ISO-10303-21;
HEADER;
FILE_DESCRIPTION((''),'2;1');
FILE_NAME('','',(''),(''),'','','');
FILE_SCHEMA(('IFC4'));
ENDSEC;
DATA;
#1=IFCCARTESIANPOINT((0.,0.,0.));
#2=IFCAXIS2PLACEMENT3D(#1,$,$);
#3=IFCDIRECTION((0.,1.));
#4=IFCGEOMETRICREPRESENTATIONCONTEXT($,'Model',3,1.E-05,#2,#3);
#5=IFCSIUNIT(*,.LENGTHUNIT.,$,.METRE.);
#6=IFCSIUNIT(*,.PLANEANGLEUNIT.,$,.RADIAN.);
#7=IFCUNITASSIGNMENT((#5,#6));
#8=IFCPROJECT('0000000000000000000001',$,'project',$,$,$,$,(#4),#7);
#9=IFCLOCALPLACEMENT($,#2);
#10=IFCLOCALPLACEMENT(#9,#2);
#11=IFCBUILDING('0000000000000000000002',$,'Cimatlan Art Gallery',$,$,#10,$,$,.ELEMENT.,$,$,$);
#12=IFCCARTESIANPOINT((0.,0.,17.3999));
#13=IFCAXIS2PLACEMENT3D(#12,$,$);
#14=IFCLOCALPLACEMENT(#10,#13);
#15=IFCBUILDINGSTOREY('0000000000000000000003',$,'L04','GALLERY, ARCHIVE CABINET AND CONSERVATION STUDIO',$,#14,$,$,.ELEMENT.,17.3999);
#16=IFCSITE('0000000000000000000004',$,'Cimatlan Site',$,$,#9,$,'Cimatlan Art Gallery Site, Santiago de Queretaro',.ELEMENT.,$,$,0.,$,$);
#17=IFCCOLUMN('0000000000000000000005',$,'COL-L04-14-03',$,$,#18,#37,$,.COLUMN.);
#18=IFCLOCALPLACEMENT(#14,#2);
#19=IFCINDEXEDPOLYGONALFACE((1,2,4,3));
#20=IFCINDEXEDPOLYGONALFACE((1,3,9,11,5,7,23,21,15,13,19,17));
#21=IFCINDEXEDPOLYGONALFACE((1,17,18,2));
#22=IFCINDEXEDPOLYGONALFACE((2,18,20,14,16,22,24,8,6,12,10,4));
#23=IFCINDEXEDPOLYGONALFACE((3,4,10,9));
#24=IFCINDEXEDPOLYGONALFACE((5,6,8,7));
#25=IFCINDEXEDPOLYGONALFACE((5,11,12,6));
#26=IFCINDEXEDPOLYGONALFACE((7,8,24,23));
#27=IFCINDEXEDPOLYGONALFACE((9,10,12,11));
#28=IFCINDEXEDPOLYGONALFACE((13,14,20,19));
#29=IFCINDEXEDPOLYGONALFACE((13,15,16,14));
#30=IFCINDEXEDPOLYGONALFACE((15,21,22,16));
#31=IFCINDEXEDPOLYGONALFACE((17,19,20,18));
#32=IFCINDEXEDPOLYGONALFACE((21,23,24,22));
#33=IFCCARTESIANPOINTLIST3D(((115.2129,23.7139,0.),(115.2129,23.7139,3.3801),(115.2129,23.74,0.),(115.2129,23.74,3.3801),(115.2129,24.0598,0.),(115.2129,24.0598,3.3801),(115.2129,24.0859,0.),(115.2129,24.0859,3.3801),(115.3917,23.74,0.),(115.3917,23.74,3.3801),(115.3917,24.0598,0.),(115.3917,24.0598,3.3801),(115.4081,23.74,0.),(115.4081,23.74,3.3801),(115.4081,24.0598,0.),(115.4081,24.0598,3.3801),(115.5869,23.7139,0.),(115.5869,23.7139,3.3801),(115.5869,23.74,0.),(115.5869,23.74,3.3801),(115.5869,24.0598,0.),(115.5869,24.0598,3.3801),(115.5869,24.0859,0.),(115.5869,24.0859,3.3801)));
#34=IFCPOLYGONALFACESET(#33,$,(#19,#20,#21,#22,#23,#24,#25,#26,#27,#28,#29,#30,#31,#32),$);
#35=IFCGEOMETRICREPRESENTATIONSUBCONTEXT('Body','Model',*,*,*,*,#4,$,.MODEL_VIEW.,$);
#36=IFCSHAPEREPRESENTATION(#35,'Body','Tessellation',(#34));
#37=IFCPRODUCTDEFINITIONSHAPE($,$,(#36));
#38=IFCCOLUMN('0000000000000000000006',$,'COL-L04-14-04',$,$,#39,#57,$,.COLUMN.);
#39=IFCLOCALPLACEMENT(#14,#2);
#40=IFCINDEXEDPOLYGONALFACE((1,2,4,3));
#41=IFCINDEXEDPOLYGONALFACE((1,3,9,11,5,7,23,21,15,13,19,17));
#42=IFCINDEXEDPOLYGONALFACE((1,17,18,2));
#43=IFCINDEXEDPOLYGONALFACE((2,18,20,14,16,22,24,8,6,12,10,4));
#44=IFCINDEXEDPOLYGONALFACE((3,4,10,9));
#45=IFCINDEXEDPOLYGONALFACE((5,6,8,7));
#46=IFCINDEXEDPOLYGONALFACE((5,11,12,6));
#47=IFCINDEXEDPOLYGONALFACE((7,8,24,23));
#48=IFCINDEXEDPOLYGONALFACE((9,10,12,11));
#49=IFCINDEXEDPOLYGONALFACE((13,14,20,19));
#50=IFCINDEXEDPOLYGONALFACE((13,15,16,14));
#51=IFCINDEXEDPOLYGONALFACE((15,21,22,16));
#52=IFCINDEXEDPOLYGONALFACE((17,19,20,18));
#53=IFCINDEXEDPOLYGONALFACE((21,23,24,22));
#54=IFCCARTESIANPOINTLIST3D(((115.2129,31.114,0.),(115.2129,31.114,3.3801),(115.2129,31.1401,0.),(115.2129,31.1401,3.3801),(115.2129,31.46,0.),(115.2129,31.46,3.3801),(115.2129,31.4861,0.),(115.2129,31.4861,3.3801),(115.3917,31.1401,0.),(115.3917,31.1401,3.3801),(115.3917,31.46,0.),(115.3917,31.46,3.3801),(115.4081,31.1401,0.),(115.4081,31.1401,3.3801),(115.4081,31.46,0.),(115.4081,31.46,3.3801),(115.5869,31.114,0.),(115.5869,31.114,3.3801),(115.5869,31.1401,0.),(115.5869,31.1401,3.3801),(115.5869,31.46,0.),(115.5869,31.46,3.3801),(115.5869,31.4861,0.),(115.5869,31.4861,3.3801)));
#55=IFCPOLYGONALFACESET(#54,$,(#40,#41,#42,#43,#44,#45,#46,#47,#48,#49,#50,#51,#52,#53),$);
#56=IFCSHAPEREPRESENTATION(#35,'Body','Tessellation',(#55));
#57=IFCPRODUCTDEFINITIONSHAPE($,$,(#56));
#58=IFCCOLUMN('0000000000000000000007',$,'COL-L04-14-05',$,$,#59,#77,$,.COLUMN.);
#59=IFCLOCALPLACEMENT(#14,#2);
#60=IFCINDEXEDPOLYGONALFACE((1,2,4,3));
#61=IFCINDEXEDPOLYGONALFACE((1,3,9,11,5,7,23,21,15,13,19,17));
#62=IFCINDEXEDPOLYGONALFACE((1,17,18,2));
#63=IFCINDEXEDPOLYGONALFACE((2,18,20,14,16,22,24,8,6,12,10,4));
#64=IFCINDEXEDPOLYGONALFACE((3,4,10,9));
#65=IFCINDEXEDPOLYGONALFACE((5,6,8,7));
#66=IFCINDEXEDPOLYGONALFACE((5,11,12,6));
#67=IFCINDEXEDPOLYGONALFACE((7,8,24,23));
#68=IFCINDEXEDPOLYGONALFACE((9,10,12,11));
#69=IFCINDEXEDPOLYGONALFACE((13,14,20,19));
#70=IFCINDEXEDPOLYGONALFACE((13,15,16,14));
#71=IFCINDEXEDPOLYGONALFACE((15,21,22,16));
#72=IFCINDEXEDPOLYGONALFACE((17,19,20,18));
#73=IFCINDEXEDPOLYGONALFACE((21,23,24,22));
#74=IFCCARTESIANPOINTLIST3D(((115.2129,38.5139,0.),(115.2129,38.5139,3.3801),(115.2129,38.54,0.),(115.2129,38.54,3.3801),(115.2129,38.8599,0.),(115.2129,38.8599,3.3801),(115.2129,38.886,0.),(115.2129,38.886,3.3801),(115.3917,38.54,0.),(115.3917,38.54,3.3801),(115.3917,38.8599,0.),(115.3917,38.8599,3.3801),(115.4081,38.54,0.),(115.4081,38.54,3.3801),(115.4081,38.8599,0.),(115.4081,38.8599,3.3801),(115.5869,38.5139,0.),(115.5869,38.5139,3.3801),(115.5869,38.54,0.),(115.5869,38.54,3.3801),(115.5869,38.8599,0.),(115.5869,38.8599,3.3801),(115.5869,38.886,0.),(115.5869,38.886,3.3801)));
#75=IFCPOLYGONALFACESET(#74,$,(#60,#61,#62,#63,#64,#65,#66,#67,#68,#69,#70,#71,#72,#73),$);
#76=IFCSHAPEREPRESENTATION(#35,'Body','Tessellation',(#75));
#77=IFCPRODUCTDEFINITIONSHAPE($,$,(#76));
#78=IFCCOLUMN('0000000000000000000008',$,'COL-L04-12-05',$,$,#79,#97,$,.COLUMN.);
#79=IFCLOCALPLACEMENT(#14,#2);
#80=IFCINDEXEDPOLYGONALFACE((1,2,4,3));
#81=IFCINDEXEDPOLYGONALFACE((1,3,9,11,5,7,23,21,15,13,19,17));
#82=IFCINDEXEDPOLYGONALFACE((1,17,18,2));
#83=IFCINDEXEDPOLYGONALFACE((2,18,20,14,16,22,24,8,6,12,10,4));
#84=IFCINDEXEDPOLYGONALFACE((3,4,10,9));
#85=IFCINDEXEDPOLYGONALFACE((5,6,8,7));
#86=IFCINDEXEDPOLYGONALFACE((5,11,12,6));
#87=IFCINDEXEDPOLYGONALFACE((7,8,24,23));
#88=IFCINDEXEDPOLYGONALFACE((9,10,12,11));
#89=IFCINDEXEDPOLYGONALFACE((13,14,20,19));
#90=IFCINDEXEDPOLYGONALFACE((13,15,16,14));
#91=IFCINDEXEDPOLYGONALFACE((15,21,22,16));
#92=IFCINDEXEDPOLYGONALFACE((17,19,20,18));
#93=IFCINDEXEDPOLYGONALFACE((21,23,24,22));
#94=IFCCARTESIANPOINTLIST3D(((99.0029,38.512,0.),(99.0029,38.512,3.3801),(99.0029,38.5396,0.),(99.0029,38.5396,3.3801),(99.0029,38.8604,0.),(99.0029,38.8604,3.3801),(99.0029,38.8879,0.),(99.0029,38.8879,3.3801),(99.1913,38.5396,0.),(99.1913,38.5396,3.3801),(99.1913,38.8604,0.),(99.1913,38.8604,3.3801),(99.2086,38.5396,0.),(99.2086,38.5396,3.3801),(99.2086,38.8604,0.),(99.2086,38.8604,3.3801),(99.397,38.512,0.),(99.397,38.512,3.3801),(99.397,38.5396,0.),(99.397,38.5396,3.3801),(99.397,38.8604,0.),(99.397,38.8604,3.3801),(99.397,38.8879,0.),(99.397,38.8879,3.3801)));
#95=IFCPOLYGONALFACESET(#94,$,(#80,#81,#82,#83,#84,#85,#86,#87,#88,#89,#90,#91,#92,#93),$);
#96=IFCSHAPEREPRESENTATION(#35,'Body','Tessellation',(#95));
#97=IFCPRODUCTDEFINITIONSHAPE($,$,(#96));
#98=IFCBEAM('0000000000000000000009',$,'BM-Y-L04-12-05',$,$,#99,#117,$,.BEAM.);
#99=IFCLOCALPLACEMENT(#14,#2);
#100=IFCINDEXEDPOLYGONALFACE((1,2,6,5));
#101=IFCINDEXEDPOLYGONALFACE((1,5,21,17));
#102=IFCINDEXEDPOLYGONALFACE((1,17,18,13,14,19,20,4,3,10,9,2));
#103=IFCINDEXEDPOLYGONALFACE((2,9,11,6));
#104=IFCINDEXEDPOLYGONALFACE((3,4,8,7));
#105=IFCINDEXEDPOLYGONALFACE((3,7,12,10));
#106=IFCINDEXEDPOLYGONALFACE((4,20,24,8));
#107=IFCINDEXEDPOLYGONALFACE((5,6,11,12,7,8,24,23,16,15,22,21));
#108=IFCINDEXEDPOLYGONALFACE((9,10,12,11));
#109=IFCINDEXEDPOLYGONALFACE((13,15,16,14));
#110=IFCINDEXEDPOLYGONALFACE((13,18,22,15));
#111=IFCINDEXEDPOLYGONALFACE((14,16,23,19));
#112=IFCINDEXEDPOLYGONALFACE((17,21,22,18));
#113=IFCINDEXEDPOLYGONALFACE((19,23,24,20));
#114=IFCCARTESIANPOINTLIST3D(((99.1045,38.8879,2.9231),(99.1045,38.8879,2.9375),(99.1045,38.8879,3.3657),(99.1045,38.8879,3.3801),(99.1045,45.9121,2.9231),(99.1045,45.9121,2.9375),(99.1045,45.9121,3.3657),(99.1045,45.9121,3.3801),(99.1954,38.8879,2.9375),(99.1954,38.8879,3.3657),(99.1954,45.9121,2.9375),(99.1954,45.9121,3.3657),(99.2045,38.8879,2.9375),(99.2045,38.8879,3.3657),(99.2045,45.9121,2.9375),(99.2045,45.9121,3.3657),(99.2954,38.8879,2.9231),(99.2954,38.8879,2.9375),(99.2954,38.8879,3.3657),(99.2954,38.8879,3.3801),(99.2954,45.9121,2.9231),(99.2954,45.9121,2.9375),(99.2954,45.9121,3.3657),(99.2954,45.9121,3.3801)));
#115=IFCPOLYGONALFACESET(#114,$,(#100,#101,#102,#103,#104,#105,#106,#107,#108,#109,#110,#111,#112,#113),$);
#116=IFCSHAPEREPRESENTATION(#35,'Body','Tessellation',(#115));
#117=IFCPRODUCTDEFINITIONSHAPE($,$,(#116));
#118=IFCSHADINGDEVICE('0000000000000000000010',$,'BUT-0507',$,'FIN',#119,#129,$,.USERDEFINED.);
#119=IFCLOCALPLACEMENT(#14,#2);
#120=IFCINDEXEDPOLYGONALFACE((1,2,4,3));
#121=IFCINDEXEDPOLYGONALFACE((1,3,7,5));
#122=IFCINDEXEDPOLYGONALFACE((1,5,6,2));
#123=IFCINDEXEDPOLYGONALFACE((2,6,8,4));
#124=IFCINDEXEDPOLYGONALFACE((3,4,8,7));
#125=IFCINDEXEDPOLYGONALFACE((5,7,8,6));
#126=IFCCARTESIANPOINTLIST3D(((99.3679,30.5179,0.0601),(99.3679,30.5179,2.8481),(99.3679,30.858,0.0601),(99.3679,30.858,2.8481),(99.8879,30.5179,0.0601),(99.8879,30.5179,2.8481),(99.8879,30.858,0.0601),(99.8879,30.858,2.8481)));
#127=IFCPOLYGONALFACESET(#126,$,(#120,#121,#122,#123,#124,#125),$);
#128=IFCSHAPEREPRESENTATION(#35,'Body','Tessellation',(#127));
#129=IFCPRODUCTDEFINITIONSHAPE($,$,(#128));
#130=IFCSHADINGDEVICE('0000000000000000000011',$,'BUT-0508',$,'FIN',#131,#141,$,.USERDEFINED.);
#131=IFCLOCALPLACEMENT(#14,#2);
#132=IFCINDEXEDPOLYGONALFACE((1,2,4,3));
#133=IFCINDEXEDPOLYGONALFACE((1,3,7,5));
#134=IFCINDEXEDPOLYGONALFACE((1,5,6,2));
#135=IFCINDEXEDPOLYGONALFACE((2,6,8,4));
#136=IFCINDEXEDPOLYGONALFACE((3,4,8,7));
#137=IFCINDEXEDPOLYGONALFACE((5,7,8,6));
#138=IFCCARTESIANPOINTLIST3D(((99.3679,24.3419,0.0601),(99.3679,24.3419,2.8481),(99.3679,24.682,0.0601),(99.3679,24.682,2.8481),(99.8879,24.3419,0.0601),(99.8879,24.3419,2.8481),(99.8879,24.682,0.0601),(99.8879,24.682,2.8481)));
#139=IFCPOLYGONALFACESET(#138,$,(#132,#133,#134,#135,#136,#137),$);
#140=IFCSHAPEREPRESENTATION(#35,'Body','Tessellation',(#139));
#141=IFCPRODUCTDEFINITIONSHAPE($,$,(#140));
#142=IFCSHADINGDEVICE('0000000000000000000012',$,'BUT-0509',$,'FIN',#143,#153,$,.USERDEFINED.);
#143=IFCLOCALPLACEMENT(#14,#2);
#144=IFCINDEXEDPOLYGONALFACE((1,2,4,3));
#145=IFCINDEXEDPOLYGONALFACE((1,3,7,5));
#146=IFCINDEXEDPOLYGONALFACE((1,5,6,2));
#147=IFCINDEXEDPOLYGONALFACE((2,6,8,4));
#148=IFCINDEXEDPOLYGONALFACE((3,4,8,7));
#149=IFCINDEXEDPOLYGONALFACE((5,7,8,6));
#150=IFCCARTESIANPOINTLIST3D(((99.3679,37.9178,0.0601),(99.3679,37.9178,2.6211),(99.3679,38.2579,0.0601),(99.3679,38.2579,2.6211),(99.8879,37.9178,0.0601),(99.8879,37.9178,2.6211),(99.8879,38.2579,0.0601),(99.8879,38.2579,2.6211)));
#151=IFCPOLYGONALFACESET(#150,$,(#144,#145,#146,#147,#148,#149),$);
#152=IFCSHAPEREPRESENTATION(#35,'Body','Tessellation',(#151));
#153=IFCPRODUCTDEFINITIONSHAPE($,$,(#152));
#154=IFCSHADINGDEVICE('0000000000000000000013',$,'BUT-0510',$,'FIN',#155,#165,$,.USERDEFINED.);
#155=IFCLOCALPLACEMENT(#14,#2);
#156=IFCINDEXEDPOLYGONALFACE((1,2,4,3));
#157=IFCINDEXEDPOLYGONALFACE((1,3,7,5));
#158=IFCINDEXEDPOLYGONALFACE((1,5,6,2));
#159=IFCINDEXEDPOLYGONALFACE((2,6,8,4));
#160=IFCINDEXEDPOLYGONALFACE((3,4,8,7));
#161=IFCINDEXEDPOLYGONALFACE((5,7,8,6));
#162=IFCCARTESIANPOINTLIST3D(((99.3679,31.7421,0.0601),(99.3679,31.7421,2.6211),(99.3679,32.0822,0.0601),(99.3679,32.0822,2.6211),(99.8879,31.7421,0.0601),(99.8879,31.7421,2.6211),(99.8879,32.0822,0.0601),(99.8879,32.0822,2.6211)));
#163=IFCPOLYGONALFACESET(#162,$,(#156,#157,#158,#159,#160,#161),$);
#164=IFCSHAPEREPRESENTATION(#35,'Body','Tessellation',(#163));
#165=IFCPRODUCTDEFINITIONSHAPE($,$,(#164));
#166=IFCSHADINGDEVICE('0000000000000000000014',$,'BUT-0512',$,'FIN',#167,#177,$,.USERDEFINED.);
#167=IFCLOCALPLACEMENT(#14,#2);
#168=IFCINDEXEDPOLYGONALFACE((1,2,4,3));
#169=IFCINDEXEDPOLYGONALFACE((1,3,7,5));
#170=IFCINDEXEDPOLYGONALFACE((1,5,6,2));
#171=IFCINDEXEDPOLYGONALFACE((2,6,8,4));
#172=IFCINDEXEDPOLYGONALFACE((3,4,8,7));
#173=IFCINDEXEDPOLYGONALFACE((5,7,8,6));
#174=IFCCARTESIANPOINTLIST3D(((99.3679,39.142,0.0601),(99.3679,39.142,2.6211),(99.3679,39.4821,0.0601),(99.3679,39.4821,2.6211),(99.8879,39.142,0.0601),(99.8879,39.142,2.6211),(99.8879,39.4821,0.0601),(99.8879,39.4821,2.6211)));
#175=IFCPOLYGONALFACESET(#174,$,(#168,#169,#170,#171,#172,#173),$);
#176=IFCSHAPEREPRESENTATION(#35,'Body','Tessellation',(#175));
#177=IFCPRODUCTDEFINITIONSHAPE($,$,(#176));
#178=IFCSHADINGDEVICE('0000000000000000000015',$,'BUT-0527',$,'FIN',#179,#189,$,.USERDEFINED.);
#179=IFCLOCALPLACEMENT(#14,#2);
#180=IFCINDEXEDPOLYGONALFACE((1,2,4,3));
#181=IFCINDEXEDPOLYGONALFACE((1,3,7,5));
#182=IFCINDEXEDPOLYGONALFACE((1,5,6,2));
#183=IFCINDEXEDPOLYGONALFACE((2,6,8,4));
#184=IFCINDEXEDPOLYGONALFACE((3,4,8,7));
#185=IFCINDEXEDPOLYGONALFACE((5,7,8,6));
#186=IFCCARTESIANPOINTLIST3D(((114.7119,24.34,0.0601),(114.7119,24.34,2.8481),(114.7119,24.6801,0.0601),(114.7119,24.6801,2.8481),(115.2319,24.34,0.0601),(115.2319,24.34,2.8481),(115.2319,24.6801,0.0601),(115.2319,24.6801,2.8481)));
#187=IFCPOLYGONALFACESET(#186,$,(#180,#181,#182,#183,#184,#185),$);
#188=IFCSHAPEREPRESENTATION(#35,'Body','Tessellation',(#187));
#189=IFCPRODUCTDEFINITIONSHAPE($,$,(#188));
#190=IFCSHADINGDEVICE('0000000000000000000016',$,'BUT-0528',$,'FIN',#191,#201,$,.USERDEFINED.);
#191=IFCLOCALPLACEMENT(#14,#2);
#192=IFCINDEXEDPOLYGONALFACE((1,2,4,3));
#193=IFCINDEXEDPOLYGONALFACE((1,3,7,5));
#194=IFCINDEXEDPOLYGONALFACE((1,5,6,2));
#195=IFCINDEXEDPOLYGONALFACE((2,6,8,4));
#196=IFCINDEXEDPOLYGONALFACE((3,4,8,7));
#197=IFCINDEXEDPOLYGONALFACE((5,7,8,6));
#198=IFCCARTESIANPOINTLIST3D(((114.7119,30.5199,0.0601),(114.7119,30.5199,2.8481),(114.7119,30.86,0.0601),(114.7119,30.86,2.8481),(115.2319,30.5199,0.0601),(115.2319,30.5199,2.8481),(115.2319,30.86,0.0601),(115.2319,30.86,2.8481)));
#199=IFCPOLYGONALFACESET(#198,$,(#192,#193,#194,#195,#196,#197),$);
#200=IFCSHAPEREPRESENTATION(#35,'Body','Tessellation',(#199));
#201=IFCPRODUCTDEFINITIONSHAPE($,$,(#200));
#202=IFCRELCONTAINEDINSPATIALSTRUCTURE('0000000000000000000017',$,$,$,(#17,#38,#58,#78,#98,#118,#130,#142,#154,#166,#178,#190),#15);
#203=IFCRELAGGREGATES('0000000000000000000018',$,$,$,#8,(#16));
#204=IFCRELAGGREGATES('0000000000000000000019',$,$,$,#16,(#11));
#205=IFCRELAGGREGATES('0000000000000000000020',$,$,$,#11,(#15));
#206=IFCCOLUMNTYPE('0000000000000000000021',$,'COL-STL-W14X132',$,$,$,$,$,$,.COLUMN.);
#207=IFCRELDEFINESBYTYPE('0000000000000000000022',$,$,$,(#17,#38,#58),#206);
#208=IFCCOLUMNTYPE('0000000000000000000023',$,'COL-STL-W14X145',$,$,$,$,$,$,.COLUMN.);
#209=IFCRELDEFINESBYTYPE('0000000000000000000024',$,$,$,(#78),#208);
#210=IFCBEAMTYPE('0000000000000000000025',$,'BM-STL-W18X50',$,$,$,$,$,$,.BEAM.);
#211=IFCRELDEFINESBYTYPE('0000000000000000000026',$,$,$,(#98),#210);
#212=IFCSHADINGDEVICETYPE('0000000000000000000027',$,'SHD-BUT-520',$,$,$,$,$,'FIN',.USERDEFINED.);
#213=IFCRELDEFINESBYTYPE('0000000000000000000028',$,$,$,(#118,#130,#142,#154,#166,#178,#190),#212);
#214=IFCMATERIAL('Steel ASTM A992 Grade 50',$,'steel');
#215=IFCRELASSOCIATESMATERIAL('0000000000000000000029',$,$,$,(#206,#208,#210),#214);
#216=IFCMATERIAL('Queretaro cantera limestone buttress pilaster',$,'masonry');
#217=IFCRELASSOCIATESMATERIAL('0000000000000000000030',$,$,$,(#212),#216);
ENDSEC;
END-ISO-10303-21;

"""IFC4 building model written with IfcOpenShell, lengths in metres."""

from ifc_helpers import new_model, si_unit, direction, frame, origin, origin_2d, place, context, subcontext, project, spatial, rectangle, i_section, extrude, material, material_profile, profile_set, type_object, element, save


model = new_model("IFC4")

# Units and contexts
model_context = context("Model", 3, precision=1e-05, world=origin(), true_north=direction((0.0, 1.0)))
body_context = subcontext(model_context, "Body", "Model", "MODEL_VIEW")
ifc_project = project(units=[si_unit("LENGTHUNIT", "METRE"), si_unit("PLANEANGLEUNIT", "RADIAN")], contexts=[model_context])

# Site, building, storey
site_placement = place(None, origin())
site = spatial("IfcSite", under=ifc_project, at=site_placement, Name="Cimatlan Site", LongName="Cimatlan Art Gallery Site, Santiago de Queretaro", CompositionType="ELEMENT", RefElevation=0.0)
building_placement = place(site_placement, origin())
building = spatial("IfcBuilding", under=site, at=building_placement, Name="Cimatlan Art Gallery", CompositionType="ELEMENT")
storey_placement = place(building_placement, frame((0.0, 0.0, 17.3999)))
storey = spatial("IfcBuildingStorey", under=building, at=storey_placement, Name="L04", Description="GALLERY, ARCHIVE CABINET AND CONSERVATION STUDIO", CompositionType="ELEMENT", Elevation=17.3999)

# Columns
ifc_material_1 = material(Name="Steel ASTM A992 Grade 50", Category="steel")
ifc_material_profile_1 = material_profile(ifc_material_1, i_section(OverallWidth=0.374, OverallDepth=0.3721, WebThickness=0.0164, FlangeThickness=0.0261, at=origin_2d()), Name="W14X132")
ifc_profile_set_1 = profile_set([ifc_material_profile_1], Name="Steel ASTM A992 Grade 50")
column_type_1 = type_object("IfcColumnType", Name="COL-STL-W14X132", PredefinedType="COLUMN", material=ifc_profile_set_1)
for number, where, z_axis, x_axis, name in (
    (1, (115.3999, 23.8999, 0.0), (0.0, 0.0, 1.0), (1.0, 0.0, 0.0), "COL-L04-14-03"),
    (2, (115.3999, 31.3, 0.0), (0.0, 0.0, 1.0), (1.0, 0.0, 0.0), "COL-L04-14-04"),
    (3, (115.3999, 38.7, 0.0), (0.0, 0.0, 1.0), (1.0, 0.0, 0.0), "COL-L04-14-05"),
):
    element("IfcColumn", number, at=place(storey_placement, frame(where, z_axis=z_axis, x_axis=x_axis)), inside=storey, type_object=column_type_1, Name=name, PredefinedType="COLUMN", context=body_context, shape_type="SweptSolid", body=[
        extrude(i_section(OverallWidth=0.374, OverallDepth=0.3721, WebThickness=0.0164, FlangeThickness=0.0261, at=origin_2d()), origin(), (0.0, 0.0, 1.0), 3.3801),
    ])
ifc_material_profile_2 = material_profile(ifc_material_1, i_section(OverallWidth=0.394, OverallDepth=0.376, WebThickness=0.0173, FlangeThickness=0.0276, at=origin_2d()), Name="W14X145")
ifc_profile_set_2 = profile_set([ifc_material_profile_2], Name="Steel ASTM A992 Grade 50")
column_type_2 = type_object("IfcColumnType", Name="COL-STL-W14X145", PredefinedType="COLUMN", material=ifc_profile_set_2)
column_placement = place(storey_placement, frame((99.2, 38.7, 0.0), z_axis=(0.0, 0.0, 1.0), x_axis=(1.0, 0.0, 0.0)))
element("IfcColumn", 4, at=column_placement, inside=storey, type_object=column_type_2, Name="COL-L04-12-05", PredefinedType="COLUMN", context=body_context, shape_type="SweptSolid", body=[
    extrude(i_section(OverallWidth=0.394, OverallDepth=0.376, WebThickness=0.0173, FlangeThickness=0.0276, at=origin_2d()), origin(), (0.0, 0.0, 1.0), 3.3801),
])

# Beam
ifc_material_profile_3 = material_profile(ifc_material_1, i_section(OverallWidth=0.1909, OverallDepth=0.457, WebThickness=0.009, FlangeThickness=0.0144, at=origin_2d()), Name="W18X50")
ifc_profile_set_3 = profile_set([ifc_material_profile_3], Name="Steel ASTM A992 Grade 50")
beam_type = type_object("IfcBeamType", Name="BM-STL-W18X50", PredefinedType="BEAM", material=ifc_profile_set_3)
beam_placement = place(storey_placement, frame((99.2, 38.8879, 3.1516), z_axis=(0.0, 1.0, 0.0), x_axis=(-1.0, 0.0, 0.0)))
element("IfcBeam", 5, at=beam_placement, inside=storey, type_object=beam_type, Name="BM-Y-L04-12-05", PredefinedType="BEAM", context=body_context, shape_type="SweptSolid", body=[
    extrude(i_section(OverallWidth=0.1909, OverallDepth=0.457, WebThickness=0.009, FlangeThickness=0.0144, at=origin_2d()), origin(), (0.0, 0.0, 1.0), 7.0242),
])

# Shading devices
ifc_material_2 = material(Name="Queretaro cantera limestone buttress pilaster", Category="masonry")
shading_device_type = type_object("IfcShadingDeviceType", Name="SHD-BUT-520", ElementType="FIN", PredefinedType="USERDEFINED", material=ifc_material_2)
for number, where, z_axis, x_axis, name in (
    (6, (99.6279, 30.688, 0.0601), (0.0, 0.0, 1.0), (0.0, -1.0, 0.0), "BUT-0507"),
    (7, (99.6279, 24.512, 0.0601), (0.0, 0.0, 1.0), (0.0, -1.0, 0.0), "BUT-0508"),
):
    element("IfcShadingDevice", number, at=place(storey_placement, frame(where, z_axis=z_axis, x_axis=x_axis)), inside=storey, type_object=shading_device_type, Name=name, ObjectType="FIN", PredefinedType="USERDEFINED", context=body_context, shape_type="SweptSolid", body=[
        extrude(rectangle(XDim=0.3401, YDim=0.52, at=origin_2d()), origin(), (0.0, 0.0, 1.0), 2.7881),
    ])
for number, where, z_axis, x_axis, name in (
    (8, (99.6279, 38.0879, 0.0601), (0.0, 0.0, 1.0), (0.0, -1.0, 0.0), "BUT-0509"),
    (9, (99.6279, 31.9121, 0.0601), (0.0, 0.0, 1.0), (0.0, -1.0, 0.0), "BUT-0510"),
    (10, (99.6279, 39.312, 0.0601), (0.0, 0.0, 1.0), (0.0, -1.0, 0.0), "BUT-0512"),
):
    element("IfcShadingDevice", number, at=place(storey_placement, frame(where, z_axis=z_axis, x_axis=x_axis)), inside=storey, type_object=shading_device_type, Name=name, ObjectType="FIN", PredefinedType="USERDEFINED", context=body_context, shape_type="SweptSolid", body=[
        extrude(rectangle(XDim=0.3401, YDim=0.52, at=origin_2d()), origin(), (0.0, 0.0, 1.0), 2.561),
    ])
for number, where, z_axis, x_axis, name in (
    (11, (114.9719, 24.51, 0.0601), (0.0, 0.0, 1.0), (0.0, 1.0, 0.0), "BUT-0527"),
    (12, (114.9719, 30.6899, 0.0601), (0.0, 0.0, 1.0), (0.0, 1.0, 0.0), "BUT-0528"),
):
    element("IfcShadingDevice", number, at=place(storey_placement, frame(where, z_axis=z_axis, x_axis=x_axis)), inside=storey, type_object=shading_device_type, Name=name, ObjectType="FIN", PredefinedType="USERDEFINED", context=body_context, shape_type="SweptSolid", body=[
        extrude(rectangle(XDim=0.3401, YDim=0.52, at=origin_2d()), origin(), (0.0, 0.0, 1.0), 2.7881),
    ])

save(model, "model.ifc")
